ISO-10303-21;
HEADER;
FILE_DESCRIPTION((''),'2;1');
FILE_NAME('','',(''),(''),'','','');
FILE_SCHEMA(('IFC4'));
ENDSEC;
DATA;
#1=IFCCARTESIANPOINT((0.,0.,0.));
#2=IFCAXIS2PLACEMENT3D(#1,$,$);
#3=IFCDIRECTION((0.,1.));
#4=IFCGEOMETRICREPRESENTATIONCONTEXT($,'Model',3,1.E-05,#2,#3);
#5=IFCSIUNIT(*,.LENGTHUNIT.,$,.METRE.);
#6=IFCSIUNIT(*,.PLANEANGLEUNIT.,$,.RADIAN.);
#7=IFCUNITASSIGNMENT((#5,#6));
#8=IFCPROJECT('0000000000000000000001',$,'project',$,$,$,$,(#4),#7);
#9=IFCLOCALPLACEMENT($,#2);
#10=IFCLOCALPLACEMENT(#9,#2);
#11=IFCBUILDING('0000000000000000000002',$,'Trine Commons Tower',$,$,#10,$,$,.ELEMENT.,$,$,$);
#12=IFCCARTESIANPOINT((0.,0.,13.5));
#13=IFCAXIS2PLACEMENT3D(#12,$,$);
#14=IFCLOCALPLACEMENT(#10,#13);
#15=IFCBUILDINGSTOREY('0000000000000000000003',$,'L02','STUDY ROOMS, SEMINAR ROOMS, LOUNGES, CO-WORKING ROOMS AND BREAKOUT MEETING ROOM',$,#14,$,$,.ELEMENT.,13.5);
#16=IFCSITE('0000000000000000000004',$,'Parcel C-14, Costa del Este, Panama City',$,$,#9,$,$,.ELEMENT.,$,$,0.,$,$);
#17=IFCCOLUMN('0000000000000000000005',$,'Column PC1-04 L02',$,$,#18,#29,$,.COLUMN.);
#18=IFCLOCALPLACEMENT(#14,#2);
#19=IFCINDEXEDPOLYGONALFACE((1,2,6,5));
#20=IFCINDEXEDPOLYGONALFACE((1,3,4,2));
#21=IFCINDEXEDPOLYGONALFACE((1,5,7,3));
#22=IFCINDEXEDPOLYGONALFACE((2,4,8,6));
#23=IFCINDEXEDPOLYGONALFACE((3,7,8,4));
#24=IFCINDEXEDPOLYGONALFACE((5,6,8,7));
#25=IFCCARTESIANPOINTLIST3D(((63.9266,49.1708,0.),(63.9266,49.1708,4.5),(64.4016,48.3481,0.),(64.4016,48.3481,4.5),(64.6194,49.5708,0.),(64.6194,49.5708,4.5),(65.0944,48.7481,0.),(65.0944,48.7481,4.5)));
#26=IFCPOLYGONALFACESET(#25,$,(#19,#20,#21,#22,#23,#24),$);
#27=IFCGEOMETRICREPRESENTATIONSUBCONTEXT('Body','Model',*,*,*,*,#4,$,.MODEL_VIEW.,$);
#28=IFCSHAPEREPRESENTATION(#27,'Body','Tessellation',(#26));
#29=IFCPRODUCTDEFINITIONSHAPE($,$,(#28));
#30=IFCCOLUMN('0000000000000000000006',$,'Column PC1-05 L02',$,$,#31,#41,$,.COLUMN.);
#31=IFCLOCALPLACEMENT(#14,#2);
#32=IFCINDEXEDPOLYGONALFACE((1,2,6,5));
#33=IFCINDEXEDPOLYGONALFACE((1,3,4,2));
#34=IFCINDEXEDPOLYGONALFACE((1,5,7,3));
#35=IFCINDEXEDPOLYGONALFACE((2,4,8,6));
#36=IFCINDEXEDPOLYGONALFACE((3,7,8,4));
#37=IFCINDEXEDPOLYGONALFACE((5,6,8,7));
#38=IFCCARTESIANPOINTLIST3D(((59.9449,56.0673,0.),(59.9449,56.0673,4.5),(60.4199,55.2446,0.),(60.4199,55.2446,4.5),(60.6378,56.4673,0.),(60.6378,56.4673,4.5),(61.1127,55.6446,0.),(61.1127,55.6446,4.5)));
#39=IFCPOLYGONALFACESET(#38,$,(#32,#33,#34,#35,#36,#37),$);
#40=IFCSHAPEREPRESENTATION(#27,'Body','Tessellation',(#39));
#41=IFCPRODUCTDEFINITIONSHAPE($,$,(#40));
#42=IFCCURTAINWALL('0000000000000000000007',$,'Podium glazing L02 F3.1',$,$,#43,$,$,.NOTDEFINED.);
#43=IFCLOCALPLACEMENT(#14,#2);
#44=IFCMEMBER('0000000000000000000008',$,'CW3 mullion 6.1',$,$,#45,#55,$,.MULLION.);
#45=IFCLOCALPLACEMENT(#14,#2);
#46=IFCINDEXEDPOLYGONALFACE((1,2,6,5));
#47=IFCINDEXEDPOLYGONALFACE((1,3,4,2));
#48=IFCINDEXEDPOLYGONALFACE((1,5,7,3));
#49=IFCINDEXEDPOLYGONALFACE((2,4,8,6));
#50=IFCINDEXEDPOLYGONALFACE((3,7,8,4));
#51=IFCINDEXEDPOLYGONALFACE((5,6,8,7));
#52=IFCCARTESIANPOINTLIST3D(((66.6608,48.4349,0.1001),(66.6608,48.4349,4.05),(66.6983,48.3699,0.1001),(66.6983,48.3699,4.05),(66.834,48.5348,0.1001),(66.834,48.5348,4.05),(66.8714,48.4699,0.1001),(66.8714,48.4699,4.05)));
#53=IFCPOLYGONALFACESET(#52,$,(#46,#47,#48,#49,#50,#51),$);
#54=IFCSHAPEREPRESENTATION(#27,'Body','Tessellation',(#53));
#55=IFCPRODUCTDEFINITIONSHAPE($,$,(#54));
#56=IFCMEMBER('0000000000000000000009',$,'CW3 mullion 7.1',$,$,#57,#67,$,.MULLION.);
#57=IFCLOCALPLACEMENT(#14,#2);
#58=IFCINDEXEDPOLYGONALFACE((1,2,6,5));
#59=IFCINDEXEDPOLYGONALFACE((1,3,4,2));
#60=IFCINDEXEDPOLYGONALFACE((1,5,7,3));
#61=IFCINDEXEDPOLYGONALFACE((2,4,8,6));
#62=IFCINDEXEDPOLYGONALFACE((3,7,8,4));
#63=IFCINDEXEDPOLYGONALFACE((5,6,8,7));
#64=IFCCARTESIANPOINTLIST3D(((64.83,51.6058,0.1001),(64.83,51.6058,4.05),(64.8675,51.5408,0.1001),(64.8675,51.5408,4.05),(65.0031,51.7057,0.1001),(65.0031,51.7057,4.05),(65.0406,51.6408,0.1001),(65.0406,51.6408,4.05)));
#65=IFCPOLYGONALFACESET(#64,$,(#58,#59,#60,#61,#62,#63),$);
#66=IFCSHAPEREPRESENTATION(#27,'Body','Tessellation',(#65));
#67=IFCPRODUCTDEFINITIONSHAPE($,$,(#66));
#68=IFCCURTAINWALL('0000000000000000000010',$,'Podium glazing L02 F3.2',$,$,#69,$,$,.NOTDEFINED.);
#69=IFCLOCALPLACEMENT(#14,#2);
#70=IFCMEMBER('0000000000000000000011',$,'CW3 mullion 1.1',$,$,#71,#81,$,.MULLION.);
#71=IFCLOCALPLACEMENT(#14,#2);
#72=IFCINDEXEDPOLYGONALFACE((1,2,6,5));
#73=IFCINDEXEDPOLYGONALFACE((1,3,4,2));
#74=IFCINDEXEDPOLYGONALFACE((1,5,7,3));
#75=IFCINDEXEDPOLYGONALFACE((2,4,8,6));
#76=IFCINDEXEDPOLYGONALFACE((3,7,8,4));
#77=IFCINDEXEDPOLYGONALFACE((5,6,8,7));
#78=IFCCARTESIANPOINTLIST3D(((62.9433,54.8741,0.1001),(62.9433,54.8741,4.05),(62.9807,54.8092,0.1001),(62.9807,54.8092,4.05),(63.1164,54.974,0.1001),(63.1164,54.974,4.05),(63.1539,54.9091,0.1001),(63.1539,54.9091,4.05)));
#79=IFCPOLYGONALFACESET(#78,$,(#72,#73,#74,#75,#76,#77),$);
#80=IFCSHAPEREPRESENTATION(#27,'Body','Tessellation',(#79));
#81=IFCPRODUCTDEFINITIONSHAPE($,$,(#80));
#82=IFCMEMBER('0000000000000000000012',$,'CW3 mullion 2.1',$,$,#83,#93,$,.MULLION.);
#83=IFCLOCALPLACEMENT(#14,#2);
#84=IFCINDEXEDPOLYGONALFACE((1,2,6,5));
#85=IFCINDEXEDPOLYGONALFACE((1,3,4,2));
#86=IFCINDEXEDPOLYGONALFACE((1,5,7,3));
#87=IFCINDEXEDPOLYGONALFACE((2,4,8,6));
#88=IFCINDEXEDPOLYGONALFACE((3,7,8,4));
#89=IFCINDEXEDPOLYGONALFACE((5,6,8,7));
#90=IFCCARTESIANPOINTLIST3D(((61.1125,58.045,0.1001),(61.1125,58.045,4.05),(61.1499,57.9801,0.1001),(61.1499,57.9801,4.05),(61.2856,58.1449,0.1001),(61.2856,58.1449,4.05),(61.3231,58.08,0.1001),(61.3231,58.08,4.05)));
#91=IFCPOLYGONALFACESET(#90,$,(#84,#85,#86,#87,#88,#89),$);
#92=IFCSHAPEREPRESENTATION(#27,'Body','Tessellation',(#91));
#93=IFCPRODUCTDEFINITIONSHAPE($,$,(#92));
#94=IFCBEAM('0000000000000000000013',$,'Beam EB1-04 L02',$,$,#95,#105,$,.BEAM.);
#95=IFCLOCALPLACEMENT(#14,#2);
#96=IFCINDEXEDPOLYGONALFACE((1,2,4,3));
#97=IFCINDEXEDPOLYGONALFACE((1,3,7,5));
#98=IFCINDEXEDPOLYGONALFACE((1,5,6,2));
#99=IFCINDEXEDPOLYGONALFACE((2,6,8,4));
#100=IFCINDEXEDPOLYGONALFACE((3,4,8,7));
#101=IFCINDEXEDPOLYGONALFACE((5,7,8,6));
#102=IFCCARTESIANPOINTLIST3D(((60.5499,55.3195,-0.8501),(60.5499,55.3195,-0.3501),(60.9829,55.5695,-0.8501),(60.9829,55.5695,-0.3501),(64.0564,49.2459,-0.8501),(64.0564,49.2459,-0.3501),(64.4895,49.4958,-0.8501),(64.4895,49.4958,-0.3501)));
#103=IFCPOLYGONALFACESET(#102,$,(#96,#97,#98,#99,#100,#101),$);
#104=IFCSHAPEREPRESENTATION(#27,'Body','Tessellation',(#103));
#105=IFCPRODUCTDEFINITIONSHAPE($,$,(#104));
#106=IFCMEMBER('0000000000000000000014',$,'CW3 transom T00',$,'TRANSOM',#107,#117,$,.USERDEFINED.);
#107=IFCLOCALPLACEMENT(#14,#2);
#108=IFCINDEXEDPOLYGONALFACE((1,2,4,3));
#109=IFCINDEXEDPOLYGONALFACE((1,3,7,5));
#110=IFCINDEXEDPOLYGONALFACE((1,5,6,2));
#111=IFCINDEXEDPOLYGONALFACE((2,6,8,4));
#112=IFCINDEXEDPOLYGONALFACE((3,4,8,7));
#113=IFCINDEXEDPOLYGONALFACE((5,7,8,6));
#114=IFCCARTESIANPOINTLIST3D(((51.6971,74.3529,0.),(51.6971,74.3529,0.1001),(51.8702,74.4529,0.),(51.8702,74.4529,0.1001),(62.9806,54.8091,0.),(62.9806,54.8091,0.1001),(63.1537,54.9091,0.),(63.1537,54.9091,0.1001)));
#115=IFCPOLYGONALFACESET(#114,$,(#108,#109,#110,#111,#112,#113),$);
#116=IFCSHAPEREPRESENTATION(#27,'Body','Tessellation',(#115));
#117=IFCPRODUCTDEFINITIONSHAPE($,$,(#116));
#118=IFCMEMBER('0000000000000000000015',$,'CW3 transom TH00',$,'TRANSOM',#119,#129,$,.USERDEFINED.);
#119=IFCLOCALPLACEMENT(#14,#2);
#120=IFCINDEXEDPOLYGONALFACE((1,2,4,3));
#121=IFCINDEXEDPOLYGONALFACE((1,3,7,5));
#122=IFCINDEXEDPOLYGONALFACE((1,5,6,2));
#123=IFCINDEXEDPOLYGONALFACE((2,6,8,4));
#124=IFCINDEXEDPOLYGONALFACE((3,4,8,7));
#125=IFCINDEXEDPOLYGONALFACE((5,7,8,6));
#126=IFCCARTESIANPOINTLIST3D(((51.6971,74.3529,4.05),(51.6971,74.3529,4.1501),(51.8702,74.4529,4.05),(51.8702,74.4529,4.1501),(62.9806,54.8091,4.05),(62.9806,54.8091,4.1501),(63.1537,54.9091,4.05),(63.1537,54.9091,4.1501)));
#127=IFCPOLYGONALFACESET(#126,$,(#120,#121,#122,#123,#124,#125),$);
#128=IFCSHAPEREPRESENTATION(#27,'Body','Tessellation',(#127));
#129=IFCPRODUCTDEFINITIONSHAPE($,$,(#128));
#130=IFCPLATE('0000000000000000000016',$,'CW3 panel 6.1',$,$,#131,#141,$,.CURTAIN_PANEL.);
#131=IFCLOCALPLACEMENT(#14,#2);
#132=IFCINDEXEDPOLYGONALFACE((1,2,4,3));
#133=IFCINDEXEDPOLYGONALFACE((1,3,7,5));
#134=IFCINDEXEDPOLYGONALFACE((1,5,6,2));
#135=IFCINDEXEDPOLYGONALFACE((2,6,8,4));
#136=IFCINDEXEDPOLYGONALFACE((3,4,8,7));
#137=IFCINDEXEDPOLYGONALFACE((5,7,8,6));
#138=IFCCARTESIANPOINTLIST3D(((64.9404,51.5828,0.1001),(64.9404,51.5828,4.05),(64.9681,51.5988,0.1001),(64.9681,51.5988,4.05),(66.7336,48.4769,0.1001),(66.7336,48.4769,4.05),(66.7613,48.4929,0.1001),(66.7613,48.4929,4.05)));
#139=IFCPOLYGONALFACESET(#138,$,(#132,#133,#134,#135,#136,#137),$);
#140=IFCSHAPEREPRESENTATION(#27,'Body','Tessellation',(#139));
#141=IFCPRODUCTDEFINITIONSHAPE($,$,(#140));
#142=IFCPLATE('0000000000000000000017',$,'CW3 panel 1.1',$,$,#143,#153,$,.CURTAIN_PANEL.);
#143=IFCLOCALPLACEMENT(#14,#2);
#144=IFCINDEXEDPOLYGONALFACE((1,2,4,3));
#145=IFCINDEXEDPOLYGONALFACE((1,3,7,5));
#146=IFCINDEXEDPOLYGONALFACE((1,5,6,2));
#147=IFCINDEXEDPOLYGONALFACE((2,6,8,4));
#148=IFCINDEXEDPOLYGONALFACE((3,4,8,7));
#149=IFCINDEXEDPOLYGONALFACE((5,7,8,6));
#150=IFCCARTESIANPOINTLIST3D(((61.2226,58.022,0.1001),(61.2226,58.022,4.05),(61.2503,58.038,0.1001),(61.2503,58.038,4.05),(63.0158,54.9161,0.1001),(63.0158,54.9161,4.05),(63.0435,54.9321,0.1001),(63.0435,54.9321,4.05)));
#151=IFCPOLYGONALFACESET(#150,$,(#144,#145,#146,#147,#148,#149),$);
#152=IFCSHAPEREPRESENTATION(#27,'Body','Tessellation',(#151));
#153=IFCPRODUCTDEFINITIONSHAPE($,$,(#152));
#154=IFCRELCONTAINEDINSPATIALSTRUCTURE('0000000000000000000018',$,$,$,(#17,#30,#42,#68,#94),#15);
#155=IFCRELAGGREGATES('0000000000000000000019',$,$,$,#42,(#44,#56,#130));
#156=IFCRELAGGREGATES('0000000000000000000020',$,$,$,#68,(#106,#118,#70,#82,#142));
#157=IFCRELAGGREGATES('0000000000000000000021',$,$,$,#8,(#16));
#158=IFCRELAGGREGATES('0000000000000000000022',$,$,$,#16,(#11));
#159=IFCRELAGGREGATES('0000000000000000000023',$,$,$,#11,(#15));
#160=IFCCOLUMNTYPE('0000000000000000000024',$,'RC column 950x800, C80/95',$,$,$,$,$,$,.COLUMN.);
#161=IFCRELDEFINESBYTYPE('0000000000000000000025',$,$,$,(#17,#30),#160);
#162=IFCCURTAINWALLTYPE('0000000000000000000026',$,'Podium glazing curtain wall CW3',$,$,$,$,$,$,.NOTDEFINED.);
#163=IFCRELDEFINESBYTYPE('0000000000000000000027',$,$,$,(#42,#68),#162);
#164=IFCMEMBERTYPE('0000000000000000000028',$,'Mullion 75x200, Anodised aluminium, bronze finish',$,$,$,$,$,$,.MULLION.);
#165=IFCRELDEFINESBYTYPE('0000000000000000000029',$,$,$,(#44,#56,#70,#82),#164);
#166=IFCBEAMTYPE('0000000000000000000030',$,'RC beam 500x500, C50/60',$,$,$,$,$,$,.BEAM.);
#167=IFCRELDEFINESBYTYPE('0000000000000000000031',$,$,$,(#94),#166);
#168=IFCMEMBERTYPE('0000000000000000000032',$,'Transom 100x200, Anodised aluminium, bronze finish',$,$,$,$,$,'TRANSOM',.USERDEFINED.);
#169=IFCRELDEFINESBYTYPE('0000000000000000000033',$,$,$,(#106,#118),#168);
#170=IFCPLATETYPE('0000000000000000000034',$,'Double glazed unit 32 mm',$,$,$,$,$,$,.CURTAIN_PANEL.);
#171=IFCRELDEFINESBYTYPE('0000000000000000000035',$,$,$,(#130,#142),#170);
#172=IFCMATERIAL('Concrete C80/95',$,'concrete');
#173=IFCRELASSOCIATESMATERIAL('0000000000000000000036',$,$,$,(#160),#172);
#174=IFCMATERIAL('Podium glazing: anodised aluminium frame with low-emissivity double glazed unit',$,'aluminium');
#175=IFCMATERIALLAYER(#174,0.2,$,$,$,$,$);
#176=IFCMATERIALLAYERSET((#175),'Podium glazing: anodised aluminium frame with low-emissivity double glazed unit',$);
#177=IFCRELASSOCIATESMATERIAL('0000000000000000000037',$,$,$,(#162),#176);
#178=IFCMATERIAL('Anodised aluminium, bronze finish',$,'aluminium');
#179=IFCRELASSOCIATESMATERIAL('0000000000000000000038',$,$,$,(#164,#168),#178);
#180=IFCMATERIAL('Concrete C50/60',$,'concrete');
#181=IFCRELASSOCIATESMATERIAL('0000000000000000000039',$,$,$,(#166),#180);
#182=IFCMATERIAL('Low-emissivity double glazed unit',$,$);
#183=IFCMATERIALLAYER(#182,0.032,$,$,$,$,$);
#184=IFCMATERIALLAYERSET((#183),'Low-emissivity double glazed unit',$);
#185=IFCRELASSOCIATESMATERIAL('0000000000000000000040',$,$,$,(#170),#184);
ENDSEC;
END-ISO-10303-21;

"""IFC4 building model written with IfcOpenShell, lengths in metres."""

from ifc_helpers import new_model, si_unit, direction, frame, origin, origin_2d, place, context, subcontext, project, spatial, rectangle, extrude, material, layer, layer_set, material_profile, profile_set, type_object, element, aggregate, save


model = new_model("IFC4")

# Units and contexts
model_context = context("Model", 3, precision=1e-05, world=origin(), true_north=direction((0.0, 1.0)))
body_context = subcontext(model_context, "Body", "Model", "MODEL_VIEW")
ifc_project = project(units=[si_unit("LENGTHUNIT", "METRE"), si_unit("PLANEANGLEUNIT", "RADIAN")], contexts=[model_context])

# Site, building, storey
site_placement = place(None, origin())
site = spatial("IfcSite", under=ifc_project, at=site_placement, Name="Parcel C-14, Costa del Este, Panama City", CompositionType="ELEMENT", RefElevation=0.0)
building_placement = place(site_placement, origin())
building = spatial("IfcBuilding", under=site, at=building_placement, Name="Trine Commons Tower", CompositionType="ELEMENT")
storey_placement = place(building_placement, frame((0.0, 0.0, 13.5)))
storey = spatial("IfcBuildingStorey", under=building, at=storey_placement, Name="L02", Description="STUDY ROOMS, SEMINAR ROOMS, LOUNGES, CO-WORKING ROOMS AND BREAKOUT MEETING ROOM", CompositionType="ELEMENT", Elevation=13.5)

# Columns
ifc_material_1 = material(Name="Concrete C80/95", Category="concrete")
ifc_material_profile_1 = material_profile(ifc_material_1, rectangle(XDim=0.95, YDim=0.8, at=origin_2d()), Name="RC 950x800")
ifc_profile_set_1 = profile_set([ifc_material_profile_1], Name="Concrete C80/95")
column_type = type_object("IfcColumnType", Name="RC column 950x800, C80/95", PredefinedType="COLUMN", material=ifc_profile_set_1)
for number, where, z_axis, x_axis, name in (
    (1, (64.5105, 48.9595, 0.0), (0.0, 0.0, 1.0), (-0.5, 0.866025, 0.0), "Column PC1-04 L02"),
    (2, (60.5288, 55.856, 0.0), (0.0, 0.0, 1.0), (-0.5, 0.866025, 0.0), "Column PC1-05 L02"),
):
    element("IfcColumn", number, at=place(storey_placement, frame(where, z_axis=z_axis, x_axis=x_axis)), inside=storey, type_object=column_type, Name=name, PredefinedType="COLUMN", context=body_context, shape_type="SweptSolid", body=[
        extrude(rectangle(XDim=0.95, YDim=0.8, at=origin_2d()), origin(), (0.0, 0.0, 1.0), 4.5),
    ])

# Curtain walls, members
ifc_material_2 = material(Name="Podium glazing: anodised aluminium frame with low-emissivity double glazed unit", Category="aluminium")
ifc_layer_1 = layer(ifc_material_2, 0.2)
ifc_layer_set_1 = layer_set([ifc_layer_1], Name="Podium glazing: anodised aluminium frame with low-emissivity double glazed unit")
curtain_wall_type = type_object("IfcCurtainWallType", Name="Podium glazing curtain wall CW3", PredefinedType="NOTDEFINED", material=ifc_layer_set_1)
curtain_wall_1_placement = place(storey_placement, origin())
curtain_wall_1 = element("IfcCurtainWall", 3, at=curtain_wall_1_placement, inside=storey, type_object=curtain_wall_type, Name="Podium glazing L02 F3.1", PredefinedType="NOTDEFINED")
ifc_material_3 = material(Name="Anodised aluminium, bronze finish", Category="aluminium")
ifc_material_profile_2 = material_profile(ifc_material_3, rectangle(XDim=0.2, YDim=0.075, at=origin_2d()), Name="Mullion 75x200")
ifc_profile_set_2 = profile_set([ifc_material_profile_2], Name="Anodised aluminium, bronze finish")
member_type_1 = type_object("IfcMemberType", Name="Mullion 75x200, Anodised aluminium, bronze finish", PredefinedType="MULLION", material=ifc_profile_set_2)
member_1_placement = place(storey_placement, frame((66.7661, 48.4524, 0.1001), z_axis=(0.0, 0.0, 1.0), x_axis=(-0.866025, -0.5, 0.0)))
member_1 = element("IfcMember", 4, at=member_1_placement, type_object=member_type_1, Name="CW3 mullion 6.1", PredefinedType="MULLION", context=body_context, shape_type="SweptSolid", body=[
    extrude(rectangle(XDim=0.2, YDim=0.075, at=origin_2d()), origin(), (0.0, 0.0, 1.0), 3.95),
])
member_2_placement = place(storey_placement, frame((64.9353, 51.6233, 0.1001), z_axis=(0.0, 0.0, 1.0), x_axis=(-0.866025, -0.5, 0.0)))
member_2 = element("IfcMember", 5, at=member_2_placement, type_object=member_type_1, Name="CW3 mullion 7.1", PredefinedType="MULLION", context=body_context, shape_type="SweptSolid", body=[
    extrude(rectangle(XDim=0.2, YDim=0.075, at=origin_2d()), origin(), (0.0, 0.0, 1.0), 3.95),
])
curtain_wall_2_placement = place(storey_placement, origin())
curtain_wall_2 = element("IfcCurtainWall", 6, at=curtain_wall_2_placement, inside=storey, type_object=curtain_wall_type, Name="Podium glazing L02 F3.2", PredefinedType="NOTDEFINED")
member_3_placement = place(storey_placement, frame((63.0486, 54.8916, 0.1001), z_axis=(0.0, 0.0, 1.0), x_axis=(-0.866025, -0.5, 0.0)))
member_3 = element("IfcMember", 7, at=member_3_placement, type_object=member_type_1, Name="CW3 mullion 1.1", PredefinedType="MULLION", context=body_context, shape_type="SweptSolid", body=[
    extrude(rectangle(XDim=0.2, YDim=0.075, at=origin_2d()), origin(), (0.0, 0.0, 1.0), 3.95),
])
member_4_placement = place(storey_placement, frame((61.2178, 58.0625, 0.1001), z_axis=(0.0, 0.0, 1.0), x_axis=(-0.866025, -0.5, 0.0)))
member_4 = element("IfcMember", 8, at=member_4_placement, type_object=member_type_1, Name="CW3 mullion 2.1", PredefinedType="MULLION", context=body_context, shape_type="SweptSolid", body=[
    extrude(rectangle(XDim=0.2, YDim=0.075, at=origin_2d()), origin(), (0.0, 0.0, 1.0), 3.95),
])

# Beam
ifc_material_4 = material(Name="Concrete C50/60", Category="concrete")
ifc_material_profile_3 = material_profile(ifc_material_4, rectangle(XDim=0.5, YDim=0.5, at=origin_2d()), Name="RC 500x500")
ifc_profile_set_3 = profile_set([ifc_material_profile_3], Name="Concrete C50/60")
beam_type = type_object("IfcBeamType", Name="RC beam 500x500, C50/60", PredefinedType="BEAM", material=ifc_profile_set_3)
beam_placement = place(storey_placement, frame((64.2729, 49.3708, -0.6001), z_axis=(-0.499992, 0.86603, 0.0), x_axis=(-0.86603, -0.499992, 0.0)))
element("IfcBeam", 9, at=beam_placement, inside=storey, type_object=beam_type, Name="Beam EB1-04 L02", PredefinedType="BEAM", context=body_context, shape_type="SweptSolid", body=[
    extrude(rectangle(XDim=0.5, YDim=0.5, at=origin_2d()), origin(), (0.0, 0.0, 1.0), 7.0132),
])

# Members
ifc_material_profile_4 = material_profile(ifc_material_3, rectangle(XDim=0.2, YDim=0.1001, at=origin_2d()), Name="Transom 100x200")
ifc_profile_set_4 = profile_set([ifc_material_profile_4], Name="Anodised aluminium, bronze finish")
member_type_2 = type_object("IfcMemberType", Name="Transom 100x200, Anodised aluminium, bronze finish", ElementType="TRANSOM", PredefinedType="USERDEFINED", material=ifc_profile_set_4)
member_5_placement = place(storey_placement, frame((63.0671, 54.8591, 0.05), z_axis=(-0.499996, 0.866028, 0.0), x_axis=(-0.866028, -0.499996, 0.0)))
member_5 = element("IfcMember", 10, at=member_5_placement, type_object=member_type_2, Name="CW3 transom T00", ObjectType="TRANSOM", PredefinedType="USERDEFINED", context=body_context, shape_type="SweptSolid", body=[
    extrude(rectangle(XDim=0.2, YDim=0.1001, at=origin_2d()), origin(), (0.0, 0.0, 1.0), 22.5671),
])
member_6_placement = place(storey_placement, frame((63.0671, 54.8591, 4.1001), z_axis=(-0.499996, 0.866028, 0.0), x_axis=(-0.866028, -0.499996, 0.0)))
member_6 = element("IfcMember", 11, at=member_6_placement, type_object=member_type_2, Name="CW3 transom TH00", ObjectType="TRANSOM", PredefinedType="USERDEFINED", context=body_context, shape_type="SweptSolid", body=[
    extrude(rectangle(XDim=0.2, YDim=0.1001, at=origin_2d()), origin(), (0.0, 0.0, 1.0), 22.5671),
])

# Plates
ifc_material_5 = material(Name="Low-emissivity double glazed unit")
ifc_layer_2 = layer(ifc_material_5, 0.032)
ifc_layer_set_2 = layer_set([ifc_layer_2], Name="Low-emissivity double glazed unit")
plate_type = type_object("IfcPlateType", Name="Double glazed unit 32 mm", PredefinedType="CURTAIN_PANEL", material=ifc_layer_set_2)
plate_1_placement = place(storey_placement, frame((65.8508, 50.0378, 0.1001), z_axis=(0.0, 0.0, 1.0), x_axis=(-0.5, 0.866025, 0.0)))
plate_1 = element("IfcPlate", 12, at=plate_1_placement, type_object=plate_type, Name="CW3 panel 6.1", PredefinedType="CURTAIN_PANEL", context=body_context, shape_type="SweptSolid", body=[
    extrude(rectangle(XDim=3.5864, YDim=0.032, at=origin_2d()), origin(), (0.0, 0.0, 1.0), 3.95),
])
aggregate(curtain_wall_1, [member_1, member_2, plate_1])
plate_2_placement = place(storey_placement, frame((62.1331, 56.4771, 0.1001), z_axis=(0.0, 0.0, 1.0), x_axis=(-0.5, 0.866025, 0.0)))
plate_2 = element("IfcPlate", 13, at=plate_2_placement, type_object=plate_type, Name="CW3 panel 1.1", PredefinedType="CURTAIN_PANEL", context=body_context, shape_type="SweptSolid", body=[
    extrude(rectangle(XDim=3.5864, YDim=0.032, at=origin_2d()), origin(), (0.0, 0.0, 1.0), 3.95),
])
aggregate(curtain_wall_2, [member_5, member_6, member_3, member_4, plate_2])

save(model, "model.ifc")
